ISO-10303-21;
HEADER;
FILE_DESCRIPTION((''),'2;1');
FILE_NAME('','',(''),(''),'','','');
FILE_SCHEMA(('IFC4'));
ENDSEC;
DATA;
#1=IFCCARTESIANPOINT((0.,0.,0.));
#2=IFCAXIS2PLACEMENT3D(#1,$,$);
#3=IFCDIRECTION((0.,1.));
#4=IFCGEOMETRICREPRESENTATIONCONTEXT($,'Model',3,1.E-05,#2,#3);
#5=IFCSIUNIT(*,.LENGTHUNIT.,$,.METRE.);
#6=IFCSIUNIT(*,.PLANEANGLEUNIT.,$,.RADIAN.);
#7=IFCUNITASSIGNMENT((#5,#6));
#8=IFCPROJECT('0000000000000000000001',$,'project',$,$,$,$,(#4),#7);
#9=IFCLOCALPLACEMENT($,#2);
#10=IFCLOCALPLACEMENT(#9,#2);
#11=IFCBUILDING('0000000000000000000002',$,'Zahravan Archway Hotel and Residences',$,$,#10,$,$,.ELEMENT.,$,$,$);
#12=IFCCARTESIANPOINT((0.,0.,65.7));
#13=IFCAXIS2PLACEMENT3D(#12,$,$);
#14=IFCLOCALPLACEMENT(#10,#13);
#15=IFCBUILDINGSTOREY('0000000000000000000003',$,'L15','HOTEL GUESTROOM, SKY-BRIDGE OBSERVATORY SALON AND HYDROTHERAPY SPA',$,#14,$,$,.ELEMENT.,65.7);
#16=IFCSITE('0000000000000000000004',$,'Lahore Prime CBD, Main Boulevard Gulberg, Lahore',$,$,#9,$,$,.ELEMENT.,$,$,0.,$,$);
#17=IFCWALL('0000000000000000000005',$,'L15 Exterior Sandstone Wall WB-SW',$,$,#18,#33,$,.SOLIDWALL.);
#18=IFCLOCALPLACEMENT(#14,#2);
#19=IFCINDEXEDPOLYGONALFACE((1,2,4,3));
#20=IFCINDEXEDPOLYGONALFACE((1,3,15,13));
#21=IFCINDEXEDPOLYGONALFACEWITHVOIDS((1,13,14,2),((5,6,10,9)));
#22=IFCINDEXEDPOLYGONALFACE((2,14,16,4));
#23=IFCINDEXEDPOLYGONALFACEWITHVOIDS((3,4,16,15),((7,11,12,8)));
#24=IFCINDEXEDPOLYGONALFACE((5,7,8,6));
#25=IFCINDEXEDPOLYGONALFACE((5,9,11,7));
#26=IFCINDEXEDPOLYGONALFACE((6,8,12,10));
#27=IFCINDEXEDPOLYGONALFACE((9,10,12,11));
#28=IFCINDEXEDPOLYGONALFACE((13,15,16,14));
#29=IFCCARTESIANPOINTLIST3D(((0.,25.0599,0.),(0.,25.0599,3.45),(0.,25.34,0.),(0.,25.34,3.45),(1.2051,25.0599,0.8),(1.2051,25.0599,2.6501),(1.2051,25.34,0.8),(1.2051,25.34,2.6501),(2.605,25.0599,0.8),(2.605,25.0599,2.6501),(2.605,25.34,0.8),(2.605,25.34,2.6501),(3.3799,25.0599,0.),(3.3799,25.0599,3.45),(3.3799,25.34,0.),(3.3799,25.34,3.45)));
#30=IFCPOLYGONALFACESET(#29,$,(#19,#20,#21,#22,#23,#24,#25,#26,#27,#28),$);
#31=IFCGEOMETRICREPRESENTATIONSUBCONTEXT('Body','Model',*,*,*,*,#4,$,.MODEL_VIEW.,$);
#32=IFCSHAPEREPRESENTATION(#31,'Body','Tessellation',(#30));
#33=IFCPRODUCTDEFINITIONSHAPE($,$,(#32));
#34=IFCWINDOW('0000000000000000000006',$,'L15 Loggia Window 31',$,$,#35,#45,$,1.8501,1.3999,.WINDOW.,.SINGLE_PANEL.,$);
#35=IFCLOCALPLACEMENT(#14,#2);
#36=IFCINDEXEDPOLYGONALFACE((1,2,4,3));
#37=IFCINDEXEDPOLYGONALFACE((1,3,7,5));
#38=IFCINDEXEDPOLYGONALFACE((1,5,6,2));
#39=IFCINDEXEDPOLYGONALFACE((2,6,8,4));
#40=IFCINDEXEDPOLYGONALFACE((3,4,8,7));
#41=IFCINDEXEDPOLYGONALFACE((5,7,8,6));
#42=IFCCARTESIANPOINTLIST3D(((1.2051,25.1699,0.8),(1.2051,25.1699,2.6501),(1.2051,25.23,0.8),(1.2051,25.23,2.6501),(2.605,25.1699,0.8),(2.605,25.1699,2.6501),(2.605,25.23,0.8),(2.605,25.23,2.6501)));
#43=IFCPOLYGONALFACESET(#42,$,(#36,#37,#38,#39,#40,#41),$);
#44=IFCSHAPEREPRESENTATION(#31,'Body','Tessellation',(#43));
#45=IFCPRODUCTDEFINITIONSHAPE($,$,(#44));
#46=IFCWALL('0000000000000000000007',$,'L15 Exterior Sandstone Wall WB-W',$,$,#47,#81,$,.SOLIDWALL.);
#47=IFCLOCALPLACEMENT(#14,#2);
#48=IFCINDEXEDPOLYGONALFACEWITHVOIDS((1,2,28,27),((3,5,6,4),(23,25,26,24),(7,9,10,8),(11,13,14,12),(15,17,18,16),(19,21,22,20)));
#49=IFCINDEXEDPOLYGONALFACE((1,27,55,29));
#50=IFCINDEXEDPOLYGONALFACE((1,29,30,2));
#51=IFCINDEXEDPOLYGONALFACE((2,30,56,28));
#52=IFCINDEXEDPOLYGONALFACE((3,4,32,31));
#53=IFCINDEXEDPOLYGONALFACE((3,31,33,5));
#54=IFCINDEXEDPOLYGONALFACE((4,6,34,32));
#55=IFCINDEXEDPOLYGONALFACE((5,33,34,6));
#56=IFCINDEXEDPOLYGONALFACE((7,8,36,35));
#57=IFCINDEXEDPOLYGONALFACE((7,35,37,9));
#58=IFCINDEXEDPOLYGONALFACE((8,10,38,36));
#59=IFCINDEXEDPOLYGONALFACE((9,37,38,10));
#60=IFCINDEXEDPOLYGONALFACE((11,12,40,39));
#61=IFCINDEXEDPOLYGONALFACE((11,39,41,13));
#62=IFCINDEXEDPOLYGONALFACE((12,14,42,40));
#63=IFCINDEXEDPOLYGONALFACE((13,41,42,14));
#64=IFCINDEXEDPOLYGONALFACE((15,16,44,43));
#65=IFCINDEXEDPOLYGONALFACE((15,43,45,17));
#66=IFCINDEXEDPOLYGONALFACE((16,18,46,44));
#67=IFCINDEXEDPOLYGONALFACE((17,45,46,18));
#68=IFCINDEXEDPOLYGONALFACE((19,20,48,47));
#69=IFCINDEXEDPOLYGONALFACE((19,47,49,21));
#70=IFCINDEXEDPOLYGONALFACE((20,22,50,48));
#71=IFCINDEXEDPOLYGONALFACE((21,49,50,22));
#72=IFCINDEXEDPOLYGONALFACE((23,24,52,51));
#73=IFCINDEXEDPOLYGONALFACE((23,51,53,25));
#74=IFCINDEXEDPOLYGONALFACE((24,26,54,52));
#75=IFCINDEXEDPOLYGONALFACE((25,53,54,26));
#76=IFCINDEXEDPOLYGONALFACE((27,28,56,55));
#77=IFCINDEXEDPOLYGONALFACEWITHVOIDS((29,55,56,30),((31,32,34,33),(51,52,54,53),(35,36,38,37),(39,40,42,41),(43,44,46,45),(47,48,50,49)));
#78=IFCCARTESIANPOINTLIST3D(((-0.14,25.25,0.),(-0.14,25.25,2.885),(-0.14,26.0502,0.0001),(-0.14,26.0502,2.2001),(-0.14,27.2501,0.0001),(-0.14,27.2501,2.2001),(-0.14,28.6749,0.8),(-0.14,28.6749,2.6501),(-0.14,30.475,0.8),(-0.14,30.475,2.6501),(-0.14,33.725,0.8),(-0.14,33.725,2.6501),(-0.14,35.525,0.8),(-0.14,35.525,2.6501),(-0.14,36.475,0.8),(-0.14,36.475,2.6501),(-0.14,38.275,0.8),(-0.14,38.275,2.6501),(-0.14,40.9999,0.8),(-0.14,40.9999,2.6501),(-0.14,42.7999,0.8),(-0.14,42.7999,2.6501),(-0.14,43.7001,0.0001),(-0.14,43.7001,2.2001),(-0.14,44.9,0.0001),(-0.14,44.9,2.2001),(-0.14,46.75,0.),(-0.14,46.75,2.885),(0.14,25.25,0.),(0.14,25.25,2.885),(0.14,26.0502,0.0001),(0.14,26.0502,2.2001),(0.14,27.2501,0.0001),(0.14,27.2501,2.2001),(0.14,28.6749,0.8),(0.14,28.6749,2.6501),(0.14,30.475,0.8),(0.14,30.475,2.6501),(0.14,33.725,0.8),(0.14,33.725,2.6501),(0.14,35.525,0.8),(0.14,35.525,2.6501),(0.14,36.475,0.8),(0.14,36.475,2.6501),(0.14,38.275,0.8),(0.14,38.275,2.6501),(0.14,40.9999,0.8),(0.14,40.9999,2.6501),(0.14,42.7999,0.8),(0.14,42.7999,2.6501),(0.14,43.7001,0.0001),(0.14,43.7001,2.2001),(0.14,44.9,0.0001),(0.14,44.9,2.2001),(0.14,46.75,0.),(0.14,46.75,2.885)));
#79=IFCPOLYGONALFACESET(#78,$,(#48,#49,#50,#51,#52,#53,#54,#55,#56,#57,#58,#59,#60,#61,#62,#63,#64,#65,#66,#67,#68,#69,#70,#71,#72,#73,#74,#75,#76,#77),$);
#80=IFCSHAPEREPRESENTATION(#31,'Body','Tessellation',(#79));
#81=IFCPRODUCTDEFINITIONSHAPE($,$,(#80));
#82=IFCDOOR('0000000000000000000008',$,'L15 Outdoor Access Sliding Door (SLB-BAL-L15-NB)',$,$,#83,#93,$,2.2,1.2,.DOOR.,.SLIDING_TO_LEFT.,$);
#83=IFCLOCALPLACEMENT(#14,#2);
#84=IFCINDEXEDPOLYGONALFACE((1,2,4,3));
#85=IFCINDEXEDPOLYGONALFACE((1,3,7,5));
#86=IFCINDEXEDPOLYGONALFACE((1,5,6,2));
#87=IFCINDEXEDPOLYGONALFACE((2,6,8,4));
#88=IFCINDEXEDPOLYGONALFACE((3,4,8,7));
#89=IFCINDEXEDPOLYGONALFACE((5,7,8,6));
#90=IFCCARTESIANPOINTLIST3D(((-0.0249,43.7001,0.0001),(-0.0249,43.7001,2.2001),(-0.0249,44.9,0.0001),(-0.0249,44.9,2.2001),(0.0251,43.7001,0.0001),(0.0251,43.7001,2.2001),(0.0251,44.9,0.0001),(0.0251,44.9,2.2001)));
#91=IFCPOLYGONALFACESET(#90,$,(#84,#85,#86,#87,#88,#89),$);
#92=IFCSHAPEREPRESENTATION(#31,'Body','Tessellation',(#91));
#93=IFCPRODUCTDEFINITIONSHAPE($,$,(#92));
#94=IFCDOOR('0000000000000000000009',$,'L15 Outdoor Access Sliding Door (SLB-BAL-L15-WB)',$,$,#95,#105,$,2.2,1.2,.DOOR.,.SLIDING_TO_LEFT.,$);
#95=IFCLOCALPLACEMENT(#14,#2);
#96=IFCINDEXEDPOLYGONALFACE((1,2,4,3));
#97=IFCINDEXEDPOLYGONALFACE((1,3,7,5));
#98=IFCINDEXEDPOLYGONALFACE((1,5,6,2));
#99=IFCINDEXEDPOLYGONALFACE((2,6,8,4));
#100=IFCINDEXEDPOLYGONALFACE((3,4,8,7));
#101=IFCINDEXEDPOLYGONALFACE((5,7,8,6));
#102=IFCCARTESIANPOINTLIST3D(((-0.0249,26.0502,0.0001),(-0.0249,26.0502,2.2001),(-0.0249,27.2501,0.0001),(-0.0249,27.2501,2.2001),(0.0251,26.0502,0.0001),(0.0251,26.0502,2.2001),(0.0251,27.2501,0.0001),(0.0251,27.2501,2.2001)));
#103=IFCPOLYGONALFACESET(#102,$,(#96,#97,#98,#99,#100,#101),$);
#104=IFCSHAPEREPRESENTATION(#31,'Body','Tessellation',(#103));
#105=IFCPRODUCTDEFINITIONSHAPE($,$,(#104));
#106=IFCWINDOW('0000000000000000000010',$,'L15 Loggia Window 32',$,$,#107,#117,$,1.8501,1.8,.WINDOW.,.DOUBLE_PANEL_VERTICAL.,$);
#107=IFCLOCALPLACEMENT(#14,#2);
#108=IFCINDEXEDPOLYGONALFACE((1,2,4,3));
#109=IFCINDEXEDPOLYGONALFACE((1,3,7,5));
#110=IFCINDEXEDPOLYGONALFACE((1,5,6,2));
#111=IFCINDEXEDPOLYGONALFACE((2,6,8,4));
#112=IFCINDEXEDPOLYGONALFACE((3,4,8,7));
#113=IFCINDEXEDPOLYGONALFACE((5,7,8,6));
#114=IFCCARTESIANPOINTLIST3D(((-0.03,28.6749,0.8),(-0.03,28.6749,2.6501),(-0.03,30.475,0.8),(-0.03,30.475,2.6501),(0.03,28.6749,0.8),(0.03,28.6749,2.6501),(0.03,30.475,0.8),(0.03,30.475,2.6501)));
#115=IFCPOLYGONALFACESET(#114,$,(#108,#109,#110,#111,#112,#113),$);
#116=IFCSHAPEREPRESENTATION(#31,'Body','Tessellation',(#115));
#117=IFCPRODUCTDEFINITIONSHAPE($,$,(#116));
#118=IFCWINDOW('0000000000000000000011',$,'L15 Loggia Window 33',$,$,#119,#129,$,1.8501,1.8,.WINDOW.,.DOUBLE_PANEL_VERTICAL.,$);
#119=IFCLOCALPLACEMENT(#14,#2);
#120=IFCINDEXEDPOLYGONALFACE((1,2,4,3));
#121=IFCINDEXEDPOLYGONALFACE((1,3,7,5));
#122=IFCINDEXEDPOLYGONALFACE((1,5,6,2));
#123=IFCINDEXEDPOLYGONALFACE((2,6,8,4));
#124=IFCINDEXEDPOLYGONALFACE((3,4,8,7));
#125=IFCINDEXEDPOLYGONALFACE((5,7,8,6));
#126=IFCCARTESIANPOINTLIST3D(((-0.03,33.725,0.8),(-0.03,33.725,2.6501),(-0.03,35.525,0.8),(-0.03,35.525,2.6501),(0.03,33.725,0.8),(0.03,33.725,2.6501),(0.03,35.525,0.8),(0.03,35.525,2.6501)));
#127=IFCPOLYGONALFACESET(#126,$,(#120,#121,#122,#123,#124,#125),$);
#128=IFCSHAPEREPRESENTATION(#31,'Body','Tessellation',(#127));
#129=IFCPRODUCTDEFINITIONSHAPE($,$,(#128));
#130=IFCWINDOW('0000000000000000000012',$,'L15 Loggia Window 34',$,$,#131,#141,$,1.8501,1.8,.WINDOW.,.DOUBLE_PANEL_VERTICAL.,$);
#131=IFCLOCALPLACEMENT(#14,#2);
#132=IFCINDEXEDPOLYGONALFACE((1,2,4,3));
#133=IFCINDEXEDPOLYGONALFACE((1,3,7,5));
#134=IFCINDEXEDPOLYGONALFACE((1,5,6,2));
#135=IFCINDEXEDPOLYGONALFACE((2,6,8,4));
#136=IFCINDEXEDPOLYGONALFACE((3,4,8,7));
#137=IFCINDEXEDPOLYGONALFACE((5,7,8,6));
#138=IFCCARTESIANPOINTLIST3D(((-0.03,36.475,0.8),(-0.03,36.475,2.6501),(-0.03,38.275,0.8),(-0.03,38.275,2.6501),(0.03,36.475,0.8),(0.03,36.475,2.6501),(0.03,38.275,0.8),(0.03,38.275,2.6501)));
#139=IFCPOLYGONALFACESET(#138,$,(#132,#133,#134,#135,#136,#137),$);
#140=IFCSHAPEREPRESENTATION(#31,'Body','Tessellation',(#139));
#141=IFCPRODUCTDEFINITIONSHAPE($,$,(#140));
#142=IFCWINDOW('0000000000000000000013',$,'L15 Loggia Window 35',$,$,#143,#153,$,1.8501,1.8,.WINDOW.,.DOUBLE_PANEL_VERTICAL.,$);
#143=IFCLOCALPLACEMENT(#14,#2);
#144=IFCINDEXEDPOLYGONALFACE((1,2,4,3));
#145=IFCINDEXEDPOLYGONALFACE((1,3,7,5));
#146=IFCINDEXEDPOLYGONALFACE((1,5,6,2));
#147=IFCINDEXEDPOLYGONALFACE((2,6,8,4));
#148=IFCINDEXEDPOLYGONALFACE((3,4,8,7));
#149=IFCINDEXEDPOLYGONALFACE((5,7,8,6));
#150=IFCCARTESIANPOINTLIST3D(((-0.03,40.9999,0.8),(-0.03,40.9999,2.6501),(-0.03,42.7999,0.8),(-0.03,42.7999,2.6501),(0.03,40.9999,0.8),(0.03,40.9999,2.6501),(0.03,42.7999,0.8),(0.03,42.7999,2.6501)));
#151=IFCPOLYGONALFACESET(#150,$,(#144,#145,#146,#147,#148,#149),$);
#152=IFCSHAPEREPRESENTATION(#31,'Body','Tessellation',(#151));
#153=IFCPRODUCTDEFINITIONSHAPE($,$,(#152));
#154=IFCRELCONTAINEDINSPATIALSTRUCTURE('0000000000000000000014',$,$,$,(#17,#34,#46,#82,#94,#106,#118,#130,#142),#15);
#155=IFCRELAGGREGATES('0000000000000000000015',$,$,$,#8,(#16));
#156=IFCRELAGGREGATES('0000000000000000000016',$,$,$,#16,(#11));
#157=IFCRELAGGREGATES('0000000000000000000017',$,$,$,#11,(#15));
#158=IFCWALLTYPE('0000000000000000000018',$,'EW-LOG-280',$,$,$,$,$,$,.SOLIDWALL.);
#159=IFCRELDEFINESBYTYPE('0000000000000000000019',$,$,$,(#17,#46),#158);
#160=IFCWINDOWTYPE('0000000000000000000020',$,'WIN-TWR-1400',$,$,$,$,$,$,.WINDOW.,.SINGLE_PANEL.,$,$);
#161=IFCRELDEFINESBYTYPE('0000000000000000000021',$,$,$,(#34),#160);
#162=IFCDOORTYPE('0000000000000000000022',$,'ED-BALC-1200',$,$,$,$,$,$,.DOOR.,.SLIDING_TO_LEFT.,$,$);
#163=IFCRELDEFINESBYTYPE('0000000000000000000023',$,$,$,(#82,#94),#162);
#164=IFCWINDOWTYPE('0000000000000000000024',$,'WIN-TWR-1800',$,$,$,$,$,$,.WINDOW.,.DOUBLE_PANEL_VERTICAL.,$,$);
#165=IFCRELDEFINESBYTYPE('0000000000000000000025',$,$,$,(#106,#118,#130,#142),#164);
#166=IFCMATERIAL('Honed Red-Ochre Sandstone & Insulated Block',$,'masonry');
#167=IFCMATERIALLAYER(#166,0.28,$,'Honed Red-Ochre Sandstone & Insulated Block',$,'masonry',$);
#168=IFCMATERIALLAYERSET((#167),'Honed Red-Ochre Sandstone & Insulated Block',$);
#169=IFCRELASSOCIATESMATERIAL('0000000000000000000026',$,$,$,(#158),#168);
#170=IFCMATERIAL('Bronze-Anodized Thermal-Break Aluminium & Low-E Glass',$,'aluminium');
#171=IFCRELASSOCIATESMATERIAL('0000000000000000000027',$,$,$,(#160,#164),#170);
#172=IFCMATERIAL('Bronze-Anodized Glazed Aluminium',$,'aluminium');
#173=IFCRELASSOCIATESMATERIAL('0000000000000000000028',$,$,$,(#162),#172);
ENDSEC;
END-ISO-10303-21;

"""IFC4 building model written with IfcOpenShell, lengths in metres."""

from ifc_helpers import new_model, si_unit, direction, frame, frame_2d, origin, place, context, subcontext, project, spatial, rectangle, extrude, source, transform, mapped, material, layer, layer_set, type_object, type_shapes, element, fill, save


model = new_model("IFC4")

# Units and contexts
model_context = context("Model", 3, precision=1e-05, world=origin(), true_north=direction((0.0, 1.0)))
body_context = subcontext(model_context, "Body", "Model", "MODEL_VIEW")
ifc_project = project(units=[si_unit("LENGTHUNIT", "METRE"), si_unit("PLANEANGLEUNIT", "RADIAN")], contexts=[model_context])

# Site, building, storey
site_placement = place(None, origin())
site = spatial("IfcSite", under=ifc_project, at=site_placement, Name="Lahore Prime CBD, Main Boulevard Gulberg, Lahore", CompositionType="ELEMENT", RefElevation=0.0)
building_placement = place(site_placement, origin())
building = spatial("IfcBuilding", under=site, at=building_placement, Name="Zahravan Archway Hotel and Residences", CompositionType="ELEMENT")
storey_placement = place(building_placement, frame((0.0, 0.0, 65.7)))
storey = spatial("IfcBuildingStorey", under=building, at=storey_placement, Name="L15", Description="HOTEL GUESTROOM, SKY-BRIDGE OBSERVATORY SALON AND HYDROTHERAPY SPA", CompositionType="ELEMENT", Elevation=65.7)

# Wall, opening, window
ifc_material_1 = material(Name="Honed Red-Ochre Sandstone & Insulated Block", Category="masonry")
ifc_layer_1 = layer(ifc_material_1, 0.28, Name="Honed Red-Ochre Sandstone & Insulated Block", Category="masonry")
ifc_layer_set_1 = layer_set([ifc_layer_1], Name="Honed Red-Ochre Sandstone & Insulated Block")
wall_type_1 = type_object("IfcWallType", Name="EW-LOG-280", PredefinedType="SOLIDWALL", material=ifc_layer_set_1)
wall_1_placement = place(storey_placement, frame((0.0, 25.2, 0.0), z_axis=(0.0, 0.0, 1.0), x_axis=(1.0, 0.0, 0.0)))
wall_1 = element("IfcWall", 1, at=wall_1_placement, inside=storey, type_object=wall_type_1, Name="L15 Exterior Sandstone Wall WB-SW", PredefinedType="SOLIDWALL", context=body_context, shape_type="SweptSolid", body=[
    extrude(rectangle(XDim=3.3799, YDim=0.28, at=frame_2d((1.6899, 0.0))), origin(), (0.0, 0.0, 1.0), 3.45),
])
opening_1_placement = place(wall_1_placement, frame((1.2051, 0.0, 0.8)))
opening_1 = element("IfcOpeningElement", 2, at=opening_1_placement, cuts=wall_1, PredefinedType="OPENING", context=body_context, shape_type="SweptSolid", body=[
    extrude(rectangle(XDim=1.3999, YDim=1.8501, at=frame_2d((0.7, 0.925))), frame((0.0, 0.1499, 0.0), z_axis=(0.0, -1.0, 0.0), x_axis=(1.0, 0.0, 0.0)), (0.0, 0.0, 1.0), 0.3),
])
ifc_material_2 = material(Name="Bronze-Anodized Thermal-Break Aluminium & Low-E Glass", Category="aluminium")
window_type_1 = type_object("IfcWindowType", Name="WIN-TWR-1400", PartitioningType="SINGLE_PANEL", PredefinedType="WINDOW", material=ifc_material_2)
shared_shape_1 = source(origin(), body_context, "Body", "SweptSolid", [
    extrude(rectangle(XDim=1.3999, YDim=1.8501, at=frame_2d((0.7, 0.925))), frame((0.0, 0.03, 0.0), z_axis=(0.0, -1.0, 0.0), x_axis=(1.0, 0.0, 0.0)), (0.0, 0.0, 1.0), 0.0601),
])
type_shapes(window_type_1, [shared_shape_1])
window_1_placement = place(opening_1_placement, origin())
window_1 = element("IfcWindow", 3, at=window_1_placement, inside=storey, type_object=window_type_1, Name="L15 Loggia Window 31", OverallHeight=1.8501, OverallWidth=1.3999, PartitioningType="SINGLE_PANEL", PredefinedType="WINDOW", context=body_context, shape_type="MappedRepresentation", body=[
    mapped(shared_shape_1, transform((0.0, 0.0, 0.0), scale=1.0)),
])
fill(opening_1, window_1)

# Wall, openings, doors, windows
wall_2_placement = place(storey_placement, frame((0.0, 25.25, 0.0), z_axis=(0.0, 0.0, 1.0), x_axis=(0.0, 1.0, 0.0)))
wall_2 = element("IfcWall", 4, at=wall_2_placement, inside=storey, type_object=wall_type_1, Name="L15 Exterior Sandstone Wall WB-W", PredefinedType="SOLIDWALL", context=body_context, shape_type="SweptSolid", body=[
    extrude(rectangle(XDim=21.5, YDim=0.28, at=frame_2d((10.75, 0.0))), origin(), (0.0, 0.0, 1.0), 2.885),
])
opening_2_placement = place(wall_2_placement, frame((18.45, 0.0, 0.0)))
opening_2 = element("IfcOpeningElement", 5, at=opening_2_placement, cuts=wall_2, PredefinedType="OPENING", context=body_context, shape_type="SweptSolid", body=[
    extrude(rectangle(XDim=1.2, YDim=2.2, at=frame_2d((0.6001, 1.1001))), frame((0.0, 0.1499, 0.0), z_axis=(0.0, -1.0, 0.0), x_axis=(1.0, 0.0, 0.0)), (0.0, 0.0, 1.0), 0.3),
])
opening_3_placement = place(wall_2_placement, frame((0.8, 0.0, 0.0)))
opening_3 = element("IfcOpeningElement", 6, at=opening_3_placement, cuts=wall_2, PredefinedType="OPENING", context=body_context, shape_type="SweptSolid", body=[
    extrude(rectangle(XDim=1.2, YDim=2.2, at=frame_2d((0.6001, 1.1001))), frame((0.0, 0.1499, 0.0), z_axis=(0.0, -1.0, 0.0), x_axis=(1.0, 0.0, 0.0)), (0.0, 0.0, 1.0), 0.3),
])
opening_4_placement = place(wall_2_placement, frame((3.425, 0.0, 0.8)))
opening_4 = element("IfcOpeningElement", 7, at=opening_4_placement, cuts=wall_2, PredefinedType="OPENING", context=body_context, shape_type="SweptSolid", body=[
    extrude(rectangle(XDim=1.8, YDim=1.8501, at=frame_2d((0.8999, 0.925))), frame((0.0, 0.1499, 0.0), z_axis=(0.0, -1.0, 0.0), x_axis=(1.0, 0.0, 0.0)), (0.0, 0.0, 1.0), 0.3),
])
opening_5_placement = place(wall_2_placement, frame((8.4751, 0.0, 0.8)))
opening_5 = element("IfcOpeningElement", 8, at=opening_5_placement, cuts=wall_2, PredefinedType="OPENING", context=body_context, shape_type="SweptSolid", body=[
    extrude(rectangle(XDim=1.8, YDim=1.8501, at=frame_2d((0.8999, 0.925))), frame((0.0, 0.1499, 0.0), z_axis=(0.0, -1.0, 0.0), x_axis=(1.0, 0.0, 0.0)), (0.0, 0.0, 1.0), 0.3),
])
opening_6_placement = place(wall_2_placement, frame((11.2251, 0.0, 0.8)))
opening_6 = element("IfcOpeningElement", 9, at=opening_6_placement, cuts=wall_2, PredefinedType="OPENING", context=body_context, shape_type="SweptSolid", body=[
    extrude(rectangle(XDim=1.8, YDim=1.8501, at=frame_2d((0.8999, 0.925))), frame((0.0, 0.1499, 0.0), z_axis=(0.0, -1.0, 0.0), x_axis=(1.0, 0.0, 0.0)), (0.0, 0.0, 1.0), 0.3),
])
opening_7_placement = place(wall_2_placement, frame((15.75, 0.0, 0.8)))
opening_7 = element("IfcOpeningElement", 10, at=opening_7_placement, cuts=wall_2, PredefinedType="OPENING", context=body_context, shape_type="SweptSolid", body=[
    extrude(rectangle(XDim=1.8, YDim=1.8501, at=frame_2d((0.8999, 0.925))), frame((0.0, 0.1499, 0.0), z_axis=(0.0, -1.0, 0.0), x_axis=(1.0, 0.0, 0.0)), (0.0, 0.0, 1.0), 0.3),
])
ifc_material_3 = material(Name="Bronze-Anodized Glazed Aluminium", Category="aluminium")
door_type_1 = type_object("IfcDoorType", Name="ED-BALC-1200", OperationType="SLIDING_TO_LEFT", PredefinedType="DOOR", material=ifc_material_3)
shared_shape_2 = source(origin(), body_context, "Body", "SweptSolid", [
    extrude(rectangle(XDim=1.2, YDim=2.2, at=frame_2d((0.6001, 1.1001))), frame((0.0, 0.0249, 0.0), z_axis=(0.0, -1.0, 0.0), x_axis=(1.0, 0.0, 0.0)), (0.0, 0.0, 1.0), 0.05),
])
type_shapes(door_type_1, [shared_shape_2])
door_1_placement = place(opening_2_placement, origin())
door_1 = element("IfcDoor", 11, at=door_1_placement, inside=storey, type_object=door_type_1, Name="L15 Outdoor Access Sliding Door (SLB-BAL-L15-NB)", OperationType="SLIDING_TO_LEFT", OverallHeight=2.2, OverallWidth=1.2, PredefinedType="DOOR", context=body_context, shape_type="MappedRepresentation", body=[
    mapped(shared_shape_2, transform((0.0, 0.0, 0.0), scale=1.0)),
])
fill(opening_2, door_1)
door_2_placement = place(opening_3_placement, origin())
door_2 = element("IfcDoor", 12, at=door_2_placement, inside=storey, type_object=door_type_1, Name="L15 Outdoor Access Sliding Door (SLB-BAL-L15-WB)", OperationType="SLIDING_TO_LEFT", OverallHeight=2.2, OverallWidth=1.2, PredefinedType="DOOR", context=body_context, shape_type="MappedRepresentation", body=[
    mapped(shared_shape_2, transform((0.0, 0.0, 0.0), scale=1.0)),
])
fill(opening_3, door_2)
window_type_2 = type_object("IfcWindowType", Name="WIN-TWR-1800", PartitioningType="DOUBLE_PANEL_VERTICAL", PredefinedType="WINDOW", material=ifc_material_2)
shared_shape_3 = source(origin(), body_context, "Body", "SweptSolid", [
    extrude(rectangle(XDim=1.8, YDim=1.8501, at=frame_2d((0.8999, 0.925))), frame((0.0, 0.03, 0.0), z_axis=(0.0, -1.0, 0.0), x_axis=(1.0, 0.0, 0.0)), (0.0, 0.0, 1.0), 0.0601),
])
type_shapes(window_type_2, [shared_shape_3])
window_2_placement = place(opening_4_placement, origin())
window_2 = element("IfcWindow", 13, at=window_2_placement, inside=storey, type_object=window_type_2, Name="L15 Loggia Window 32", OverallHeight=1.8501, OverallWidth=1.8, PartitioningType="DOUBLE_PANEL_VERTICAL", PredefinedType="WINDOW", context=body_context, shape_type="MappedRepresentation", body=[
    mapped(shared_shape_3, transform((0.0, 0.0, 0.0), scale=1.0)),
])
fill(opening_4, window_2)
window_3_placement = place(opening_5_placement, origin())
window_3 = element("IfcWindow", 14, at=window_3_placement, inside=storey, type_object=window_type_2, Name="L15 Loggia Window 33", OverallHeight=1.8501, OverallWidth=1.8, PartitioningType="DOUBLE_PANEL_VERTICAL", PredefinedType="WINDOW", context=body_context, shape_type="MappedRepresentation", body=[
    mapped(shared_shape_3, transform((0.0, 0.0, 0.0), scale=1.0)),
])
fill(opening_5, window_3)
window_4_placement = place(opening_6_placement, origin())
window_4 = element("IfcWindow", 15, at=window_4_placement, inside=storey, type_object=window_type_2, Name="L15 Loggia Window 34", OverallHeight=1.8501, OverallWidth=1.8, PartitioningType="DOUBLE_PANEL_VERTICAL", PredefinedType="WINDOW", context=body_context, shape_type="MappedRepresentation", body=[
    mapped(shared_shape_3, transform((0.0, 0.0, 0.0), scale=1.0)),
])
fill(opening_6, window_4)
window_5_placement = place(opening_7_placement, origin())
window_5 = element("IfcWindow", 16, at=window_5_placement, inside=storey, type_object=window_type_2, Name="L15 Loggia Window 35", OverallHeight=1.8501, OverallWidth=1.8, PartitioningType="DOUBLE_PANEL_VERTICAL", PredefinedType="WINDOW", context=body_context, shape_type="MappedRepresentation", body=[
    mapped(shared_shape_3, transform((0.0, 0.0, 0.0), scale=1.0)),
])
fill(opening_7, window_5)

save(model, "model.ifc")
